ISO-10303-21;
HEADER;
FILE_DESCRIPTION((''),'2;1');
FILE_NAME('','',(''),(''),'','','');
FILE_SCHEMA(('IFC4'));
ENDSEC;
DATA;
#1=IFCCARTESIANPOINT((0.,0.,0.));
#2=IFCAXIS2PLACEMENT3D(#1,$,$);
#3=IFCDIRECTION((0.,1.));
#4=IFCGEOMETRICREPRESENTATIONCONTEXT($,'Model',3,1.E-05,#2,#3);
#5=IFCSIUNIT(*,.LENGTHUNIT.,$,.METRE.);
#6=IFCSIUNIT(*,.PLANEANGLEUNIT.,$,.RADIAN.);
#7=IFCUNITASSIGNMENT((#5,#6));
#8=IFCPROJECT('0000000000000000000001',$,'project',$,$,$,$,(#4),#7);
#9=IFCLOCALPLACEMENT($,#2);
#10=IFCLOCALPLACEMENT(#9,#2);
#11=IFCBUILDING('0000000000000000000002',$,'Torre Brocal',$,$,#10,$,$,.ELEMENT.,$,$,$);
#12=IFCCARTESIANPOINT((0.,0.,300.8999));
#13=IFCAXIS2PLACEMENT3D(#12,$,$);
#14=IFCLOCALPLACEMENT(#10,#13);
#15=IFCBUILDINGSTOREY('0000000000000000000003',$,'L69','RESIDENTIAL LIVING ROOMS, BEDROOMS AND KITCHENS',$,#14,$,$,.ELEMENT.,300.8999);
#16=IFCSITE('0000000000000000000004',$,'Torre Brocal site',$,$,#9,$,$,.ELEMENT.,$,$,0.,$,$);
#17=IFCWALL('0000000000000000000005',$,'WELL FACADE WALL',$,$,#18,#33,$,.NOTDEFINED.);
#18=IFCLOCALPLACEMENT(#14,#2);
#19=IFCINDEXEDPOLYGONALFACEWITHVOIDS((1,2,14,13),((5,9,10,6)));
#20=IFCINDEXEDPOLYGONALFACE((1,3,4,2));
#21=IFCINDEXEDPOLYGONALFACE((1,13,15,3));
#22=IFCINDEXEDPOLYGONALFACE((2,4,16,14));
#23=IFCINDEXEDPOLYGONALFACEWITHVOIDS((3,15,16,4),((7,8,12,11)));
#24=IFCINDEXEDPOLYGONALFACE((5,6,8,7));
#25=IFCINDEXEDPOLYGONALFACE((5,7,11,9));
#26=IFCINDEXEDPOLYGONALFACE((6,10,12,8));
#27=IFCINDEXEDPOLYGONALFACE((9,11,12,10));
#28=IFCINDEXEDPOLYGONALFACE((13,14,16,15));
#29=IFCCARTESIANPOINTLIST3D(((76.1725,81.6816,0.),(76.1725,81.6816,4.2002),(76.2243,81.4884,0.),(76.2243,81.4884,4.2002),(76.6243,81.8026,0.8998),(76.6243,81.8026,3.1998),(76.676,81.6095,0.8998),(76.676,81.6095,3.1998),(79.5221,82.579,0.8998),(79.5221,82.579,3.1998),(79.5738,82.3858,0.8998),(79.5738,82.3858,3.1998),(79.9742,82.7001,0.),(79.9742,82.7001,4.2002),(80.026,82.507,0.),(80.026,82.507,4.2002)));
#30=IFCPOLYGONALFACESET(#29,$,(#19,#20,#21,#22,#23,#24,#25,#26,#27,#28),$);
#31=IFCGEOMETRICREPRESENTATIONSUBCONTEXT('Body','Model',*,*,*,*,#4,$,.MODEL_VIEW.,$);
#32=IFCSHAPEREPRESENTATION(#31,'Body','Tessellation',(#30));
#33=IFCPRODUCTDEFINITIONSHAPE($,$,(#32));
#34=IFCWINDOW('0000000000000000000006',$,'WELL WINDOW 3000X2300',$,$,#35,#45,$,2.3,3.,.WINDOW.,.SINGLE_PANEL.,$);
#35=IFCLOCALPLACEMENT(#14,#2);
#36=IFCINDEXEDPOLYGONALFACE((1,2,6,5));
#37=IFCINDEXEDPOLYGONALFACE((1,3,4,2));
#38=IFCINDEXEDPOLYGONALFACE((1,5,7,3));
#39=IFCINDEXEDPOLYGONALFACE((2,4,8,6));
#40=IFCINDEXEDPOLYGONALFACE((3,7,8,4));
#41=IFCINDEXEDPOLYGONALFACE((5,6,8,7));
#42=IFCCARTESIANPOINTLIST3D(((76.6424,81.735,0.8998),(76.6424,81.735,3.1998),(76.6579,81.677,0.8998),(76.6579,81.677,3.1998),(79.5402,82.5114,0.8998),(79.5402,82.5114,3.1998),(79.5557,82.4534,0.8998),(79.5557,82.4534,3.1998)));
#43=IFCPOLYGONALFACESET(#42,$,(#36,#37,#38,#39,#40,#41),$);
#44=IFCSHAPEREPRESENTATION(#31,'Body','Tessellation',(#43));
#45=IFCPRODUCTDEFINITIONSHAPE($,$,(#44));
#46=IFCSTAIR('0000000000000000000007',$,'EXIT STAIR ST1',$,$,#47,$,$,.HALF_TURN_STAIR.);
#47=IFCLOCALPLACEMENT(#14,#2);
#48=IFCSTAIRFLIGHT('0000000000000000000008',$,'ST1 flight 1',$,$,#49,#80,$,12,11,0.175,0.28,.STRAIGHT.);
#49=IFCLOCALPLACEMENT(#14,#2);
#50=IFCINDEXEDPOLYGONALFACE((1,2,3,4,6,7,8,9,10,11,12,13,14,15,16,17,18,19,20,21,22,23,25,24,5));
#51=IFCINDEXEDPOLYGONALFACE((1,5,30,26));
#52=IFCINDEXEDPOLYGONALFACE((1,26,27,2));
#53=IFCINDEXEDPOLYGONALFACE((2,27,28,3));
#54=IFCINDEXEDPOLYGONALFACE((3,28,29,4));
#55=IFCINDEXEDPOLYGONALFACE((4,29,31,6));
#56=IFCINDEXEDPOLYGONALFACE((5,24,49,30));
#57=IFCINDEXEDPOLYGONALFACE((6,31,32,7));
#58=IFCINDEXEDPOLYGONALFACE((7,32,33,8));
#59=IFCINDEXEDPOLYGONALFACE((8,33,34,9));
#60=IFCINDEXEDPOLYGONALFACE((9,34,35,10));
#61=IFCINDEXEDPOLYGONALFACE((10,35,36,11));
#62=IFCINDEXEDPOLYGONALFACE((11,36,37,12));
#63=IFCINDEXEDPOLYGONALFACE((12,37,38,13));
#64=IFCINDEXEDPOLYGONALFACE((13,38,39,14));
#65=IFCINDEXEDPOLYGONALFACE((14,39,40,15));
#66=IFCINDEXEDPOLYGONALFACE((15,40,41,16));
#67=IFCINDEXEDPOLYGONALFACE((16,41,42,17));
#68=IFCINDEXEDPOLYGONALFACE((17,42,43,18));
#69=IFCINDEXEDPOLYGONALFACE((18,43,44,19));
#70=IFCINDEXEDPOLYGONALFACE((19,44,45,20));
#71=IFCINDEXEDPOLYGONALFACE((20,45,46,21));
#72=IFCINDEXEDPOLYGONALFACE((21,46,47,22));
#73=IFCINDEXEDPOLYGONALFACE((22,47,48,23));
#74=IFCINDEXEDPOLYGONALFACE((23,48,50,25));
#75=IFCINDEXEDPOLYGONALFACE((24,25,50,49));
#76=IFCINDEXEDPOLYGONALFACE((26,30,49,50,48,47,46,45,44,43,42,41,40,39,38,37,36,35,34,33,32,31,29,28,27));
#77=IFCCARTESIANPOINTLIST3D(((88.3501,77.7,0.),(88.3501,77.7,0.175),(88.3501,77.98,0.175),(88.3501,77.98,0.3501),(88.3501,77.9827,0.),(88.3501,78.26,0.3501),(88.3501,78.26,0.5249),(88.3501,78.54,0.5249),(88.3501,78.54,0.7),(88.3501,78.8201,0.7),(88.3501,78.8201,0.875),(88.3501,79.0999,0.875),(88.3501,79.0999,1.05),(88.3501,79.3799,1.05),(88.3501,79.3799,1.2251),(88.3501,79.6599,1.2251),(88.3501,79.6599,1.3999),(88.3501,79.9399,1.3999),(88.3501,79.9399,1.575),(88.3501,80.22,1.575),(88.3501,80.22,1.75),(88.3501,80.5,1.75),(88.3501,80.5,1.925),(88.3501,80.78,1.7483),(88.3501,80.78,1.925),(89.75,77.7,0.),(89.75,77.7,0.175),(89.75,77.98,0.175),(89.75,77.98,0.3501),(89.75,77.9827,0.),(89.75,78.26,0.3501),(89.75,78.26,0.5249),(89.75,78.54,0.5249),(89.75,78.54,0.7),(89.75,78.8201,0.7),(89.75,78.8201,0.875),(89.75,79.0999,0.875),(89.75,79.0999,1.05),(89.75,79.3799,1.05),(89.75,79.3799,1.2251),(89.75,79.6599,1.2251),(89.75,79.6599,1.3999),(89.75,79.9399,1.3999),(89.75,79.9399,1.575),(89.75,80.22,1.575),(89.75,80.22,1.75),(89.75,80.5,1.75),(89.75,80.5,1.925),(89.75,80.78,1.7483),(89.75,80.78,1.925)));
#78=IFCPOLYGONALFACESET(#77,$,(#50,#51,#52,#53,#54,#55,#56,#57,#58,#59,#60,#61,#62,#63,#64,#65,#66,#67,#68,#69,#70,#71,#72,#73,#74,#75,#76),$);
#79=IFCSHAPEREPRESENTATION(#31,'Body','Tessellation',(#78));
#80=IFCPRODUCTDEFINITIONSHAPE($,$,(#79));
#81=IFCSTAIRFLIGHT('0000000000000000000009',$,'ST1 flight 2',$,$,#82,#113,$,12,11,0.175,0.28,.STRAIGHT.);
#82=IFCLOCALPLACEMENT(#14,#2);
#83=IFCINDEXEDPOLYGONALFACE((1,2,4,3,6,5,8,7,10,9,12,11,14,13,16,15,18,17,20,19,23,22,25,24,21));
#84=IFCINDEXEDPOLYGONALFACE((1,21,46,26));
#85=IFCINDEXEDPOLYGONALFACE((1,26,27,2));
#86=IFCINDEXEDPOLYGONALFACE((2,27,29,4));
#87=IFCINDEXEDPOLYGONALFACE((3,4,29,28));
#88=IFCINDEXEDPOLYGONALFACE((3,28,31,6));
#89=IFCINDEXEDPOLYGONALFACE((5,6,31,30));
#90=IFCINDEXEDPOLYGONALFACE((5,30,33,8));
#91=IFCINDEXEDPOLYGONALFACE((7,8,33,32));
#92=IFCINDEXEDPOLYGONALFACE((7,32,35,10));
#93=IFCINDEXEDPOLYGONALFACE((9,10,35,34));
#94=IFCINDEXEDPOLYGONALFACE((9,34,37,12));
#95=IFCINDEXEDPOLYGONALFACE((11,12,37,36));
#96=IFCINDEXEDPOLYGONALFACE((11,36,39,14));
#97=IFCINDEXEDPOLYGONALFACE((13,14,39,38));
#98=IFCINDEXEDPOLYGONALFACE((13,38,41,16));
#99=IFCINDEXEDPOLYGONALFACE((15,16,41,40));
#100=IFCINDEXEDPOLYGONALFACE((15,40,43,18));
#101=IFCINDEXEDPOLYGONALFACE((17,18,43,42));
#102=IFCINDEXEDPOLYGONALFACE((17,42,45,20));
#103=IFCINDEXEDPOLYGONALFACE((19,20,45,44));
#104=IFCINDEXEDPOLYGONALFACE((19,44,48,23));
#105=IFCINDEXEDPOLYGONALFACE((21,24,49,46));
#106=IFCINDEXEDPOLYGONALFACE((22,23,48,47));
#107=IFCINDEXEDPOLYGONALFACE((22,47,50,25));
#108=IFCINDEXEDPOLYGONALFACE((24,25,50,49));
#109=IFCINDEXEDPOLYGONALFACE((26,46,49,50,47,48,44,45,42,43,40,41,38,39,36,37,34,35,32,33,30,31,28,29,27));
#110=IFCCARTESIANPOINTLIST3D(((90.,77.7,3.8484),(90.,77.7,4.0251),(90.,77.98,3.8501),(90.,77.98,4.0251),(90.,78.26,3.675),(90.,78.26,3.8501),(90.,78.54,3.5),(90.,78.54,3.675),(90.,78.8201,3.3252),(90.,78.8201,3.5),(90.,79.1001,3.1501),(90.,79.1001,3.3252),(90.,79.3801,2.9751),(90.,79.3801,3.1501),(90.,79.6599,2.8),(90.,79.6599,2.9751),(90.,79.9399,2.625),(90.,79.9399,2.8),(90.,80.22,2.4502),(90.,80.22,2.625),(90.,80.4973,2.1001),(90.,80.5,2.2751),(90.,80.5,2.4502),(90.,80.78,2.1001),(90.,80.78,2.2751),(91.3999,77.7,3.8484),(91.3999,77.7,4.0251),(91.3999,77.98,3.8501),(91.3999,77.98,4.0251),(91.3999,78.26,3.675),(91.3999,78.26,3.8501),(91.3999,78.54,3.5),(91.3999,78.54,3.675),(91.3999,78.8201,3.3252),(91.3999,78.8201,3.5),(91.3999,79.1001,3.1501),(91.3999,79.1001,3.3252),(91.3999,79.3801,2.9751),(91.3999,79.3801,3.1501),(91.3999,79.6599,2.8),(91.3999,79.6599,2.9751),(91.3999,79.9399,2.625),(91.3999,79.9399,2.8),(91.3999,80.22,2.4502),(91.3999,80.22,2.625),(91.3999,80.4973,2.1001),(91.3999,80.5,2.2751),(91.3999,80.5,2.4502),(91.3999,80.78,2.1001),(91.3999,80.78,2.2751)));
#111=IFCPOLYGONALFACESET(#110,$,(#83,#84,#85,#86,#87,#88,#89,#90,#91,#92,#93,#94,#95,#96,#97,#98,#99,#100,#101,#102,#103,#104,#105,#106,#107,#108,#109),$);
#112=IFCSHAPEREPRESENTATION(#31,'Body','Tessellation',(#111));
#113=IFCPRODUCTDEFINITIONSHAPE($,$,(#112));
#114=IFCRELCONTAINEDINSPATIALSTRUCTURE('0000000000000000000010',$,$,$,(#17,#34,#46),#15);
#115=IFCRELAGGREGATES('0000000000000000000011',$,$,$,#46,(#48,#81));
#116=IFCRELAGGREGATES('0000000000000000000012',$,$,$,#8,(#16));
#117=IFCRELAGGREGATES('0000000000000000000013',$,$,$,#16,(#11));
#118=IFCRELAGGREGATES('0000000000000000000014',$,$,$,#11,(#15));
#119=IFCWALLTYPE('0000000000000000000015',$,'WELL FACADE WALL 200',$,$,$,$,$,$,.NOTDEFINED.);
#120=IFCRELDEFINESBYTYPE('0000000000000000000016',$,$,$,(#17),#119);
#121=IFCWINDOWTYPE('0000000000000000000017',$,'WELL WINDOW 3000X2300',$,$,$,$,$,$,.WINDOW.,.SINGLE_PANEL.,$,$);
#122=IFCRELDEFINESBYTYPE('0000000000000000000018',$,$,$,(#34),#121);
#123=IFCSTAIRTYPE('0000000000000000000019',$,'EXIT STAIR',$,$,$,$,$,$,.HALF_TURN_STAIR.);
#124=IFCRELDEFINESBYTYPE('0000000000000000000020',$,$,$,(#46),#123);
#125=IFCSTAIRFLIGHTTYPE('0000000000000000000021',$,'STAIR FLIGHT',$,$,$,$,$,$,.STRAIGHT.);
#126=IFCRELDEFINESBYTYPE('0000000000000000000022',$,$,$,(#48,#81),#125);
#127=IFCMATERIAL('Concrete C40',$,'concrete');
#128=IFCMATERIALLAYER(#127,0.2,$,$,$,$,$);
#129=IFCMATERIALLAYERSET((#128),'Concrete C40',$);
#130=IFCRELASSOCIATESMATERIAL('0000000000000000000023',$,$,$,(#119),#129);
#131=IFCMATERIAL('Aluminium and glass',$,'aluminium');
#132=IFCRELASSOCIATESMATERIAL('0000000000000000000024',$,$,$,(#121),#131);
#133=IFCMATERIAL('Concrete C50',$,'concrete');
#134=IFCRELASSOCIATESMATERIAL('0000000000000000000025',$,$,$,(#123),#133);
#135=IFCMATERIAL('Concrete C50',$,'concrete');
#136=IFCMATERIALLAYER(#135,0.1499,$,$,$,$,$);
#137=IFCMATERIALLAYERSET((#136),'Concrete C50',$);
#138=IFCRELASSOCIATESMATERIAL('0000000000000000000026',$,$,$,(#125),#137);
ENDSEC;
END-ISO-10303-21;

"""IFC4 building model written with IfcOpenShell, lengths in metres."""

from ifc_helpers import new_model, si_unit, direction, frame, frame_2d, origin, place, context, subcontext, project, spatial, polyline, rectangle, outline, extrude, material, layer, layer_set, type_object, element, fill, aggregate, save


model = new_model("IFC4")

# Units and contexts
model_context = context("Model", 3, precision=1e-05, world=origin(), true_north=direction((0.0, 1.0)))
body_context = subcontext(model_context, "Body", "Model", "MODEL_VIEW")
ifc_project = project(units=[si_unit("LENGTHUNIT", "METRE"), si_unit("PLANEANGLEUNIT", "RADIAN")], contexts=[model_context])

# Site, building, storey
site_placement = place(None, origin())
site = spatial("IfcSite", under=ifc_project, at=site_placement, Name="Torre Brocal site", CompositionType="ELEMENT", RefElevation=0.0)
building_placement = place(site_placement, origin())
building = spatial("IfcBuilding", under=site, at=building_placement, Name="Torre Brocal", CompositionType="ELEMENT")
storey_placement = place(building_placement, frame((0.0, 0.0, 300.8999)))
storey = spatial("IfcBuildingStorey", under=building, at=storey_placement, Name="L69", Description="RESIDENTIAL LIVING ROOMS, BEDROOMS AND KITCHENS", CompositionType="ELEMENT", Elevation=300.8999)

# Wall, opening, window
ifc_material_1 = material(Name="Concrete C40", Category="concrete")
ifc_layer_1 = layer(ifc_material_1, 0.2)
ifc_layer_set_1 = layer_set([ifc_layer_1], Name="Concrete C40")
wall_type_1 = type_object("IfcWallType", Name="WELL FACADE WALL 200", PredefinedType="NOTDEFINED", material=ifc_layer_set_1)
ifc_material_2 = material(Name="Aluminium and glass", Category="aluminium")
window_type = type_object("IfcWindowType", Name="WELL WINDOW 3000X2300", PartitioningType="SINGLE_PANEL", PredefinedType="WINDOW", material=ifc_material_2)
wall_1_placement = place(storey_placement, frame((80.0, 82.6035, 0.0), z_axis=(0.0, 0.0, 1.0), x_axis=(-0.965934, -0.25879, 0.0)))
wall_1 = element("IfcWall", 1, at=wall_1_placement, inside=storey, type_object=wall_type_1, Name="WELL FACADE WALL", PredefinedType="NOTDEFINED", context=body_context, shape_type="SweptSolid", body=[
    extrude(rectangle(XDim=3.9358, YDim=0.2, at=frame_2d((1.9678, 0.0))), origin(), (0.0, 0.0, 1.0), 4.2002),
])
opening_1_placement = place(wall_1_placement, frame((0.468, 0.0, 0.8999)))
opening_1 = element("IfcOpeningElement", 2, at=opening_1_placement, cuts=wall_1, PredefinedType="OPENING", context=body_context, shape_type="SweptSolid", body=[
    extrude(rectangle(XDim=3.0, YDim=2.3, at=frame_2d((1.5, 1.1499))), frame((0.0, 0.1099, 0.0), z_axis=(0.0, -1.0, 0.0), x_axis=(1.0, 0.0, 0.0)), (0.0, 0.0, 1.0), 0.22),
])
window_1_placement = place(opening_1_placement, origin())
window_1 = element("IfcWindow", 3, at=window_1_placement, inside=storey, type_object=window_type, Name="WELL WINDOW 3000X2300", OverallHeight=2.3, OverallWidth=3.0, PartitioningType="SINGLE_PANEL", PredefinedType="WINDOW", context=body_context, shape_type="SweptSolid", body=[
    extrude(rectangle(XDim=3.0, YDim=2.3, at=frame_2d((1.5, 1.1499))), frame((0.0, 0.03, 0.0), z_axis=(0.0, -1.0, 0.0), x_axis=(1.0, 0.0, 0.0)), (0.0, 0.0, 1.0), 0.0601),
])
fill(opening_1, window_1)

# Stair, stair flights
ifc_material_3 = material(Name="Concrete C50", Category="concrete")
stair_type = type_object("IfcStairType", Name="EXIT STAIR", PredefinedType="HALF_TURN_STAIR", material=ifc_material_3)
stair_placement = place(storey_placement, origin())
stair = element("IfcStair", 4, at=stair_placement, inside=storey, type_object=stair_type, Name="EXIT STAIR ST1", PredefinedType="HALF_TURN_STAIR")
ifc_material_4 = material(Name="Concrete C50", Category="concrete")
ifc_layer_2 = layer(ifc_material_4, 0.1499)
ifc_layer_set_2 = layer_set([ifc_layer_2], Name="Concrete C50")
stair_flight_type = type_object("IfcStairFlightType", Name="STAIR FLIGHT", PredefinedType="STRAIGHT", material=ifc_layer_set_2)
stair_flight_1_placement = place(storey_placement, frame((89.05, 77.7, 0.0), z_axis=(0.0, 0.0, 1.0), x_axis=(0.0, 1.0, 0.0)))
stair_flight_1 = element("IfcStairFlight", 5, at=stair_flight_1_placement, type_object=stair_flight_type, Name="ST1 flight 1", NumberOfRisers=12, NumberOfTreads=11, PredefinedType="STRAIGHT", RiserHeight=0.175, TreadLength=0.28, context=body_context, shape_type="SweptSolid", body=[
    extrude(outline(polyline([(0.0, 0.0), (0.0, 0.175), (0.28, 0.175), (0.28, 0.3501), (0.5601, 0.3501), (0.5601, 0.5249), (0.8401, 0.5249), (0.8401, 0.7), (1.1201, 0.7), (1.1201, 0.875), (1.3999, 0.875), (1.3999, 1.05), (1.6799, 1.05), (1.6799, 1.2251), (1.96, 1.2251), (1.96, 1.3999), (2.24, 1.3999), (2.24, 1.575), (2.52, 1.575), (2.52, 1.75), (2.8, 1.75), (2.8, 1.925), (3.0801, 1.925), (3.0801, 2.1001), (3.0801, 1.7483), (0.2827, 0.0), (0.0, 0.0)])), frame((0.0, 0.7, 0.0), z_axis=(0.0, -1.0, 0.0), x_axis=(1.0, 0.0, 0.0)), (0.0, 0.0, 1.0), 1.3999),
])
stair_flight_2_placement = place(storey_placement, frame((90.7, 80.78, 2.1001), z_axis=(0.0, 0.0, 1.0), x_axis=(0.0, -1.0, 0.0)))
stair_flight_2 = element("IfcStairFlight", 6, at=stair_flight_2_placement, type_object=stair_flight_type, Name="ST1 flight 2", NumberOfRisers=12, NumberOfTreads=11, PredefinedType="STRAIGHT", RiserHeight=0.175, TreadLength=0.28, context=body_context, shape_type="SweptSolid", body=[
    extrude(outline(polyline([(0.0, 0.0), (0.0, 0.175), (0.28, 0.175), (0.28, 0.3501), (0.5601, 0.3501), (0.5601, 0.5249), (0.8401, 0.5249), (0.8401, 0.7), (1.1201, 0.7), (1.1201, 0.875), (1.3999, 0.875), (1.3999, 1.05), (1.6799, 1.05), (1.6799, 1.2251), (1.96, 1.2251), (1.96, 1.3999), (2.24, 1.3999), (2.24, 1.575), (2.52, 1.575), (2.52, 1.75), (2.8, 1.75), (2.8, 1.925), (3.0801, 1.925), (3.0801, 2.1001), (3.0801, 1.7483), (0.2827, 0.0), (0.0, 0.0)])), frame((0.0, 0.7, 0.0), z_axis=(0.0, -1.0, 0.0), x_axis=(1.0, 0.0, 0.0)), (0.0, 0.0, 1.0), 1.3999),
])
aggregate(stair, [stair_flight_1, stair_flight_2])

save(model, "model.ifc")
